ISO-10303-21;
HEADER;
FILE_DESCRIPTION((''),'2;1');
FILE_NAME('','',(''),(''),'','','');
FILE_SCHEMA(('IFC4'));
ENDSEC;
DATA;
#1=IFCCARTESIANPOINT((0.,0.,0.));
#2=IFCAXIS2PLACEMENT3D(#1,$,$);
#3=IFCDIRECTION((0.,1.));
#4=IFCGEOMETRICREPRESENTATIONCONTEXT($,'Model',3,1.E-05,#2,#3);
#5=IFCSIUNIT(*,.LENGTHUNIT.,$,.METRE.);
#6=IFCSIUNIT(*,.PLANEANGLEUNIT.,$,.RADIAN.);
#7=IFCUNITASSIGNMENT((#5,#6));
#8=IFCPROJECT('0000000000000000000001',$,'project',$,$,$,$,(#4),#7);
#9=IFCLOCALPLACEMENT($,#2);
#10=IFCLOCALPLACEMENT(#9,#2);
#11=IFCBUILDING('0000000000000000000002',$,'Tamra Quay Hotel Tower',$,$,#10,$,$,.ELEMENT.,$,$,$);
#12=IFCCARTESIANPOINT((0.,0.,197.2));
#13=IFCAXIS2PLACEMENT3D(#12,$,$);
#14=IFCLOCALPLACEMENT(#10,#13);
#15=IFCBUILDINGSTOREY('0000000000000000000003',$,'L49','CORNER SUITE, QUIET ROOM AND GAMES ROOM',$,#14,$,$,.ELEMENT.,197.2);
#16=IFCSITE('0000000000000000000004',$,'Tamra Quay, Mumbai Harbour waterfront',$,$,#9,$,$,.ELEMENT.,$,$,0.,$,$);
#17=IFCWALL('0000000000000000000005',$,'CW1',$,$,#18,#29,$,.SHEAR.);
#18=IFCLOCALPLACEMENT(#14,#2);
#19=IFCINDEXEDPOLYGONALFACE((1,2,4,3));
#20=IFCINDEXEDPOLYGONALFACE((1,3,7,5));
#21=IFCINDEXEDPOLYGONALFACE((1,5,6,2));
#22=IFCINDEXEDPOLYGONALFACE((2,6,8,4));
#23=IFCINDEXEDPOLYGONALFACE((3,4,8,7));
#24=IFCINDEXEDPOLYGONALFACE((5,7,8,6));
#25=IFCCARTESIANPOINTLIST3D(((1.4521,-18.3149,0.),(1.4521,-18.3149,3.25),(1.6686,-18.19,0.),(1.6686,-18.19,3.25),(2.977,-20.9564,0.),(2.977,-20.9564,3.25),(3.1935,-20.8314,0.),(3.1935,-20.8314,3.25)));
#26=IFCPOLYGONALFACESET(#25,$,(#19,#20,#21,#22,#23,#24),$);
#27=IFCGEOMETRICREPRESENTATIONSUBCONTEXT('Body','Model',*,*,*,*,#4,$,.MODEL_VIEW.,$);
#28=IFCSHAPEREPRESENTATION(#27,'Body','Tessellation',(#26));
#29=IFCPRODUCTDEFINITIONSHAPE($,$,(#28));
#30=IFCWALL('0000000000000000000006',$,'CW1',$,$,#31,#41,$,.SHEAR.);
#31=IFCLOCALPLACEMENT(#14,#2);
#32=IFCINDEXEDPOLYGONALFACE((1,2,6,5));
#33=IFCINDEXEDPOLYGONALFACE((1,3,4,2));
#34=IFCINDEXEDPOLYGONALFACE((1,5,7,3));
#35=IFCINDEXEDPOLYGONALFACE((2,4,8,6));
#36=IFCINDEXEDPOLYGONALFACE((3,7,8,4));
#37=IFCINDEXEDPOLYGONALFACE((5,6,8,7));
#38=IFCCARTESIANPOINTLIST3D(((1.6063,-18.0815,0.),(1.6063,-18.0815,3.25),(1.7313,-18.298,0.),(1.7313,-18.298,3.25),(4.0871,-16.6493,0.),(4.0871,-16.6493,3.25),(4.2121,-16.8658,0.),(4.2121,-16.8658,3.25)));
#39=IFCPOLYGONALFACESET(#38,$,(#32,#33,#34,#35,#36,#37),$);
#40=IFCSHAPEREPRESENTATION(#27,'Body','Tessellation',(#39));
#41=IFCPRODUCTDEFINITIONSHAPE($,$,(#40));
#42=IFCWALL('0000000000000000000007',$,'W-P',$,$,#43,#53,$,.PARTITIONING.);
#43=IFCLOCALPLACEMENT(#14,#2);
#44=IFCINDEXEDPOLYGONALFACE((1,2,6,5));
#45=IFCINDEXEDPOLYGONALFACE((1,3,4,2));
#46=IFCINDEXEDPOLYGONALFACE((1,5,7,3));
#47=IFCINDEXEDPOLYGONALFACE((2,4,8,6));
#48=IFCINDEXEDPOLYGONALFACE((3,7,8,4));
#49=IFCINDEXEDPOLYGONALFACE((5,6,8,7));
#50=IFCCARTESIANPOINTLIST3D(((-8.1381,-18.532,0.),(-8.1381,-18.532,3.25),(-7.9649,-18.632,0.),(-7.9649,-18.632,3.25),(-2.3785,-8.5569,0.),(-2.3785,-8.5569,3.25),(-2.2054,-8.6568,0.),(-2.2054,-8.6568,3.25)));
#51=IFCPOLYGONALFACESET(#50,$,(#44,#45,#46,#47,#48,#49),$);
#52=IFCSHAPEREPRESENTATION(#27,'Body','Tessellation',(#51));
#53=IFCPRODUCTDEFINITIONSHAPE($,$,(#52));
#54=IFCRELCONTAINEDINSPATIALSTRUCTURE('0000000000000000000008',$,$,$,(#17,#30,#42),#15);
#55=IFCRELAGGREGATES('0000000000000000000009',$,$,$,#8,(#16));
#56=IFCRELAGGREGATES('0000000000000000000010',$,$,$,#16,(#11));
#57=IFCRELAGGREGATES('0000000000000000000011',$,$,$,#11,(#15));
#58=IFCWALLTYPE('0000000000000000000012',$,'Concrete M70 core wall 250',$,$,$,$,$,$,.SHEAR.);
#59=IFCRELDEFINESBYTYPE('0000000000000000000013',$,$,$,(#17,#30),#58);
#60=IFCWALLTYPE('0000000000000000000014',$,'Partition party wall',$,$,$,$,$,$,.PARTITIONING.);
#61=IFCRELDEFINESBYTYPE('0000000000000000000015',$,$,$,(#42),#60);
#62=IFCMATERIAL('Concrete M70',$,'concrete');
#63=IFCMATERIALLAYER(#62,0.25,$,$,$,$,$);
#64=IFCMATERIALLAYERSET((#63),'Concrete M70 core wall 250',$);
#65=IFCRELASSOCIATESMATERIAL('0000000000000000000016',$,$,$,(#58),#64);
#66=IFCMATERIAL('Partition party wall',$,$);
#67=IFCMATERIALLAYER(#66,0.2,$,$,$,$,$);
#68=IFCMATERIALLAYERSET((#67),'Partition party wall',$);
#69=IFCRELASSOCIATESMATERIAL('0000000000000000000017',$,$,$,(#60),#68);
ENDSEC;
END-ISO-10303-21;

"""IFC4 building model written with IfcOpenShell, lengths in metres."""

from ifc_helpers import new_model, si_unit, direction, frame, frame_2d, origin, place, context, subcontext, project, spatial, rectangle, extrude, material, layer, layer_set, type_object, element, save


model = new_model("IFC4")

# Units and contexts
model_context = context("Model", 3, precision=1e-05, world=origin(), true_north=direction((0.0, 1.0)))
body_context = subcontext(model_context, "Body", "Model", "MODEL_VIEW")
ifc_project = project(units=[si_unit("LENGTHUNIT", "METRE"), si_unit("PLANEANGLEUNIT", "RADIAN")], contexts=[model_context])

# Site, building, storey
site_placement = place(None, origin())
site = spatial("IfcSite", under=ifc_project, at=site_placement, Name="Tamra Quay, Mumbai Harbour waterfront", CompositionType="ELEMENT", RefElevation=0.0)
building_placement = place(site_placement, origin())
building = spatial("IfcBuilding", under=site, at=building_placement, Name="Tamra Quay Hotel Tower", CompositionType="ELEMENT")
storey_placement = place(building_placement, frame((0.0, 0.0, 197.2)))
storey = spatial("IfcBuildingStorey", under=building, at=storey_placement, Name="L49", Description="CORNER SUITE, QUIET ROOM AND GAMES ROOM", CompositionType="ELEMENT", Elevation=197.2)

# Shared definitions
ifc_material_1 = material(Name="Concrete M70", Category="concrete")

# Walls
ifc_layer_1 = layer(ifc_material_1, 0.25)
ifc_layer_set_1 = layer_set([ifc_layer_1], Name="Concrete M70 core wall 250")
wall_type_1 = type_object("IfcWallType", Name="Concrete M70 core wall 250", PredefinedType="SHEAR", material=ifc_layer_set_1)
wall_1_placement = place(storey_placement, frame((3.0852, -20.8938, 0.0), z_axis=(0.0, 0.0, 1.0), x_axis=(-0.499979, 0.866038, 0.0)))
element("IfcWall", 1, at=wall_1_placement, inside=storey, type_object=wall_type_1, Name="CW1", PredefinedType="SHEAR", context=body_context, shape_type="SweptSolid", body=[
    extrude(rectangle(XDim=3.05, YDim=0.25, at=frame_2d((1.5249, 0.0))), origin(), (0.0, 0.0, 1.0), 3.25),
])
wall_2_placement = place(storey_placement, frame((1.6689, -18.1897, 0.0), z_axis=(0.0, 0.0, 1.0), x_axis=(0.866042, 0.499971, 0.0)))
element("IfcWall", 2, at=wall_2_placement, inside=storey, type_object=wall_type_1, Name="CW1", PredefinedType="SHEAR", context=body_context, shape_type="SweptSolid", body=[
    extrude(rectangle(XDim=2.8645, YDim=0.25, at=frame_2d((1.4321, 0.0))), origin(), (0.0, 0.0, 1.0), 3.25),
])
ifc_material_2 = material(Name="Partition party wall")
ifc_layer_2 = layer(ifc_material_2, 0.2)
ifc_layer_set_2 = layer_set([ifc_layer_2], Name="Partition party wall")
wall_type_2 = type_object("IfcWallType", Name="Partition party wall", PredefinedType="PARTITIONING", material=ifc_layer_set_2)
wall_3_placement = place(storey_placement, frame((-8.0515, -18.582, 0.0), z_axis=(0.0, 0.0, 1.0), x_axis=(0.500026, 0.866011, 0.0)))
element("IfcWall", 3, at=wall_3_placement, inside=storey, type_object=wall_type_2, Name="W-P", PredefinedType="PARTITIONING", context=body_context, shape_type="SweptSolid", body=[
    extrude(rectangle(XDim=11.5186, YDim=0.2, at=frame_2d((5.7593, 0.0))), origin(), (0.0, 0.0, 1.0), 3.25),
])

save(model, "model.ifc")
